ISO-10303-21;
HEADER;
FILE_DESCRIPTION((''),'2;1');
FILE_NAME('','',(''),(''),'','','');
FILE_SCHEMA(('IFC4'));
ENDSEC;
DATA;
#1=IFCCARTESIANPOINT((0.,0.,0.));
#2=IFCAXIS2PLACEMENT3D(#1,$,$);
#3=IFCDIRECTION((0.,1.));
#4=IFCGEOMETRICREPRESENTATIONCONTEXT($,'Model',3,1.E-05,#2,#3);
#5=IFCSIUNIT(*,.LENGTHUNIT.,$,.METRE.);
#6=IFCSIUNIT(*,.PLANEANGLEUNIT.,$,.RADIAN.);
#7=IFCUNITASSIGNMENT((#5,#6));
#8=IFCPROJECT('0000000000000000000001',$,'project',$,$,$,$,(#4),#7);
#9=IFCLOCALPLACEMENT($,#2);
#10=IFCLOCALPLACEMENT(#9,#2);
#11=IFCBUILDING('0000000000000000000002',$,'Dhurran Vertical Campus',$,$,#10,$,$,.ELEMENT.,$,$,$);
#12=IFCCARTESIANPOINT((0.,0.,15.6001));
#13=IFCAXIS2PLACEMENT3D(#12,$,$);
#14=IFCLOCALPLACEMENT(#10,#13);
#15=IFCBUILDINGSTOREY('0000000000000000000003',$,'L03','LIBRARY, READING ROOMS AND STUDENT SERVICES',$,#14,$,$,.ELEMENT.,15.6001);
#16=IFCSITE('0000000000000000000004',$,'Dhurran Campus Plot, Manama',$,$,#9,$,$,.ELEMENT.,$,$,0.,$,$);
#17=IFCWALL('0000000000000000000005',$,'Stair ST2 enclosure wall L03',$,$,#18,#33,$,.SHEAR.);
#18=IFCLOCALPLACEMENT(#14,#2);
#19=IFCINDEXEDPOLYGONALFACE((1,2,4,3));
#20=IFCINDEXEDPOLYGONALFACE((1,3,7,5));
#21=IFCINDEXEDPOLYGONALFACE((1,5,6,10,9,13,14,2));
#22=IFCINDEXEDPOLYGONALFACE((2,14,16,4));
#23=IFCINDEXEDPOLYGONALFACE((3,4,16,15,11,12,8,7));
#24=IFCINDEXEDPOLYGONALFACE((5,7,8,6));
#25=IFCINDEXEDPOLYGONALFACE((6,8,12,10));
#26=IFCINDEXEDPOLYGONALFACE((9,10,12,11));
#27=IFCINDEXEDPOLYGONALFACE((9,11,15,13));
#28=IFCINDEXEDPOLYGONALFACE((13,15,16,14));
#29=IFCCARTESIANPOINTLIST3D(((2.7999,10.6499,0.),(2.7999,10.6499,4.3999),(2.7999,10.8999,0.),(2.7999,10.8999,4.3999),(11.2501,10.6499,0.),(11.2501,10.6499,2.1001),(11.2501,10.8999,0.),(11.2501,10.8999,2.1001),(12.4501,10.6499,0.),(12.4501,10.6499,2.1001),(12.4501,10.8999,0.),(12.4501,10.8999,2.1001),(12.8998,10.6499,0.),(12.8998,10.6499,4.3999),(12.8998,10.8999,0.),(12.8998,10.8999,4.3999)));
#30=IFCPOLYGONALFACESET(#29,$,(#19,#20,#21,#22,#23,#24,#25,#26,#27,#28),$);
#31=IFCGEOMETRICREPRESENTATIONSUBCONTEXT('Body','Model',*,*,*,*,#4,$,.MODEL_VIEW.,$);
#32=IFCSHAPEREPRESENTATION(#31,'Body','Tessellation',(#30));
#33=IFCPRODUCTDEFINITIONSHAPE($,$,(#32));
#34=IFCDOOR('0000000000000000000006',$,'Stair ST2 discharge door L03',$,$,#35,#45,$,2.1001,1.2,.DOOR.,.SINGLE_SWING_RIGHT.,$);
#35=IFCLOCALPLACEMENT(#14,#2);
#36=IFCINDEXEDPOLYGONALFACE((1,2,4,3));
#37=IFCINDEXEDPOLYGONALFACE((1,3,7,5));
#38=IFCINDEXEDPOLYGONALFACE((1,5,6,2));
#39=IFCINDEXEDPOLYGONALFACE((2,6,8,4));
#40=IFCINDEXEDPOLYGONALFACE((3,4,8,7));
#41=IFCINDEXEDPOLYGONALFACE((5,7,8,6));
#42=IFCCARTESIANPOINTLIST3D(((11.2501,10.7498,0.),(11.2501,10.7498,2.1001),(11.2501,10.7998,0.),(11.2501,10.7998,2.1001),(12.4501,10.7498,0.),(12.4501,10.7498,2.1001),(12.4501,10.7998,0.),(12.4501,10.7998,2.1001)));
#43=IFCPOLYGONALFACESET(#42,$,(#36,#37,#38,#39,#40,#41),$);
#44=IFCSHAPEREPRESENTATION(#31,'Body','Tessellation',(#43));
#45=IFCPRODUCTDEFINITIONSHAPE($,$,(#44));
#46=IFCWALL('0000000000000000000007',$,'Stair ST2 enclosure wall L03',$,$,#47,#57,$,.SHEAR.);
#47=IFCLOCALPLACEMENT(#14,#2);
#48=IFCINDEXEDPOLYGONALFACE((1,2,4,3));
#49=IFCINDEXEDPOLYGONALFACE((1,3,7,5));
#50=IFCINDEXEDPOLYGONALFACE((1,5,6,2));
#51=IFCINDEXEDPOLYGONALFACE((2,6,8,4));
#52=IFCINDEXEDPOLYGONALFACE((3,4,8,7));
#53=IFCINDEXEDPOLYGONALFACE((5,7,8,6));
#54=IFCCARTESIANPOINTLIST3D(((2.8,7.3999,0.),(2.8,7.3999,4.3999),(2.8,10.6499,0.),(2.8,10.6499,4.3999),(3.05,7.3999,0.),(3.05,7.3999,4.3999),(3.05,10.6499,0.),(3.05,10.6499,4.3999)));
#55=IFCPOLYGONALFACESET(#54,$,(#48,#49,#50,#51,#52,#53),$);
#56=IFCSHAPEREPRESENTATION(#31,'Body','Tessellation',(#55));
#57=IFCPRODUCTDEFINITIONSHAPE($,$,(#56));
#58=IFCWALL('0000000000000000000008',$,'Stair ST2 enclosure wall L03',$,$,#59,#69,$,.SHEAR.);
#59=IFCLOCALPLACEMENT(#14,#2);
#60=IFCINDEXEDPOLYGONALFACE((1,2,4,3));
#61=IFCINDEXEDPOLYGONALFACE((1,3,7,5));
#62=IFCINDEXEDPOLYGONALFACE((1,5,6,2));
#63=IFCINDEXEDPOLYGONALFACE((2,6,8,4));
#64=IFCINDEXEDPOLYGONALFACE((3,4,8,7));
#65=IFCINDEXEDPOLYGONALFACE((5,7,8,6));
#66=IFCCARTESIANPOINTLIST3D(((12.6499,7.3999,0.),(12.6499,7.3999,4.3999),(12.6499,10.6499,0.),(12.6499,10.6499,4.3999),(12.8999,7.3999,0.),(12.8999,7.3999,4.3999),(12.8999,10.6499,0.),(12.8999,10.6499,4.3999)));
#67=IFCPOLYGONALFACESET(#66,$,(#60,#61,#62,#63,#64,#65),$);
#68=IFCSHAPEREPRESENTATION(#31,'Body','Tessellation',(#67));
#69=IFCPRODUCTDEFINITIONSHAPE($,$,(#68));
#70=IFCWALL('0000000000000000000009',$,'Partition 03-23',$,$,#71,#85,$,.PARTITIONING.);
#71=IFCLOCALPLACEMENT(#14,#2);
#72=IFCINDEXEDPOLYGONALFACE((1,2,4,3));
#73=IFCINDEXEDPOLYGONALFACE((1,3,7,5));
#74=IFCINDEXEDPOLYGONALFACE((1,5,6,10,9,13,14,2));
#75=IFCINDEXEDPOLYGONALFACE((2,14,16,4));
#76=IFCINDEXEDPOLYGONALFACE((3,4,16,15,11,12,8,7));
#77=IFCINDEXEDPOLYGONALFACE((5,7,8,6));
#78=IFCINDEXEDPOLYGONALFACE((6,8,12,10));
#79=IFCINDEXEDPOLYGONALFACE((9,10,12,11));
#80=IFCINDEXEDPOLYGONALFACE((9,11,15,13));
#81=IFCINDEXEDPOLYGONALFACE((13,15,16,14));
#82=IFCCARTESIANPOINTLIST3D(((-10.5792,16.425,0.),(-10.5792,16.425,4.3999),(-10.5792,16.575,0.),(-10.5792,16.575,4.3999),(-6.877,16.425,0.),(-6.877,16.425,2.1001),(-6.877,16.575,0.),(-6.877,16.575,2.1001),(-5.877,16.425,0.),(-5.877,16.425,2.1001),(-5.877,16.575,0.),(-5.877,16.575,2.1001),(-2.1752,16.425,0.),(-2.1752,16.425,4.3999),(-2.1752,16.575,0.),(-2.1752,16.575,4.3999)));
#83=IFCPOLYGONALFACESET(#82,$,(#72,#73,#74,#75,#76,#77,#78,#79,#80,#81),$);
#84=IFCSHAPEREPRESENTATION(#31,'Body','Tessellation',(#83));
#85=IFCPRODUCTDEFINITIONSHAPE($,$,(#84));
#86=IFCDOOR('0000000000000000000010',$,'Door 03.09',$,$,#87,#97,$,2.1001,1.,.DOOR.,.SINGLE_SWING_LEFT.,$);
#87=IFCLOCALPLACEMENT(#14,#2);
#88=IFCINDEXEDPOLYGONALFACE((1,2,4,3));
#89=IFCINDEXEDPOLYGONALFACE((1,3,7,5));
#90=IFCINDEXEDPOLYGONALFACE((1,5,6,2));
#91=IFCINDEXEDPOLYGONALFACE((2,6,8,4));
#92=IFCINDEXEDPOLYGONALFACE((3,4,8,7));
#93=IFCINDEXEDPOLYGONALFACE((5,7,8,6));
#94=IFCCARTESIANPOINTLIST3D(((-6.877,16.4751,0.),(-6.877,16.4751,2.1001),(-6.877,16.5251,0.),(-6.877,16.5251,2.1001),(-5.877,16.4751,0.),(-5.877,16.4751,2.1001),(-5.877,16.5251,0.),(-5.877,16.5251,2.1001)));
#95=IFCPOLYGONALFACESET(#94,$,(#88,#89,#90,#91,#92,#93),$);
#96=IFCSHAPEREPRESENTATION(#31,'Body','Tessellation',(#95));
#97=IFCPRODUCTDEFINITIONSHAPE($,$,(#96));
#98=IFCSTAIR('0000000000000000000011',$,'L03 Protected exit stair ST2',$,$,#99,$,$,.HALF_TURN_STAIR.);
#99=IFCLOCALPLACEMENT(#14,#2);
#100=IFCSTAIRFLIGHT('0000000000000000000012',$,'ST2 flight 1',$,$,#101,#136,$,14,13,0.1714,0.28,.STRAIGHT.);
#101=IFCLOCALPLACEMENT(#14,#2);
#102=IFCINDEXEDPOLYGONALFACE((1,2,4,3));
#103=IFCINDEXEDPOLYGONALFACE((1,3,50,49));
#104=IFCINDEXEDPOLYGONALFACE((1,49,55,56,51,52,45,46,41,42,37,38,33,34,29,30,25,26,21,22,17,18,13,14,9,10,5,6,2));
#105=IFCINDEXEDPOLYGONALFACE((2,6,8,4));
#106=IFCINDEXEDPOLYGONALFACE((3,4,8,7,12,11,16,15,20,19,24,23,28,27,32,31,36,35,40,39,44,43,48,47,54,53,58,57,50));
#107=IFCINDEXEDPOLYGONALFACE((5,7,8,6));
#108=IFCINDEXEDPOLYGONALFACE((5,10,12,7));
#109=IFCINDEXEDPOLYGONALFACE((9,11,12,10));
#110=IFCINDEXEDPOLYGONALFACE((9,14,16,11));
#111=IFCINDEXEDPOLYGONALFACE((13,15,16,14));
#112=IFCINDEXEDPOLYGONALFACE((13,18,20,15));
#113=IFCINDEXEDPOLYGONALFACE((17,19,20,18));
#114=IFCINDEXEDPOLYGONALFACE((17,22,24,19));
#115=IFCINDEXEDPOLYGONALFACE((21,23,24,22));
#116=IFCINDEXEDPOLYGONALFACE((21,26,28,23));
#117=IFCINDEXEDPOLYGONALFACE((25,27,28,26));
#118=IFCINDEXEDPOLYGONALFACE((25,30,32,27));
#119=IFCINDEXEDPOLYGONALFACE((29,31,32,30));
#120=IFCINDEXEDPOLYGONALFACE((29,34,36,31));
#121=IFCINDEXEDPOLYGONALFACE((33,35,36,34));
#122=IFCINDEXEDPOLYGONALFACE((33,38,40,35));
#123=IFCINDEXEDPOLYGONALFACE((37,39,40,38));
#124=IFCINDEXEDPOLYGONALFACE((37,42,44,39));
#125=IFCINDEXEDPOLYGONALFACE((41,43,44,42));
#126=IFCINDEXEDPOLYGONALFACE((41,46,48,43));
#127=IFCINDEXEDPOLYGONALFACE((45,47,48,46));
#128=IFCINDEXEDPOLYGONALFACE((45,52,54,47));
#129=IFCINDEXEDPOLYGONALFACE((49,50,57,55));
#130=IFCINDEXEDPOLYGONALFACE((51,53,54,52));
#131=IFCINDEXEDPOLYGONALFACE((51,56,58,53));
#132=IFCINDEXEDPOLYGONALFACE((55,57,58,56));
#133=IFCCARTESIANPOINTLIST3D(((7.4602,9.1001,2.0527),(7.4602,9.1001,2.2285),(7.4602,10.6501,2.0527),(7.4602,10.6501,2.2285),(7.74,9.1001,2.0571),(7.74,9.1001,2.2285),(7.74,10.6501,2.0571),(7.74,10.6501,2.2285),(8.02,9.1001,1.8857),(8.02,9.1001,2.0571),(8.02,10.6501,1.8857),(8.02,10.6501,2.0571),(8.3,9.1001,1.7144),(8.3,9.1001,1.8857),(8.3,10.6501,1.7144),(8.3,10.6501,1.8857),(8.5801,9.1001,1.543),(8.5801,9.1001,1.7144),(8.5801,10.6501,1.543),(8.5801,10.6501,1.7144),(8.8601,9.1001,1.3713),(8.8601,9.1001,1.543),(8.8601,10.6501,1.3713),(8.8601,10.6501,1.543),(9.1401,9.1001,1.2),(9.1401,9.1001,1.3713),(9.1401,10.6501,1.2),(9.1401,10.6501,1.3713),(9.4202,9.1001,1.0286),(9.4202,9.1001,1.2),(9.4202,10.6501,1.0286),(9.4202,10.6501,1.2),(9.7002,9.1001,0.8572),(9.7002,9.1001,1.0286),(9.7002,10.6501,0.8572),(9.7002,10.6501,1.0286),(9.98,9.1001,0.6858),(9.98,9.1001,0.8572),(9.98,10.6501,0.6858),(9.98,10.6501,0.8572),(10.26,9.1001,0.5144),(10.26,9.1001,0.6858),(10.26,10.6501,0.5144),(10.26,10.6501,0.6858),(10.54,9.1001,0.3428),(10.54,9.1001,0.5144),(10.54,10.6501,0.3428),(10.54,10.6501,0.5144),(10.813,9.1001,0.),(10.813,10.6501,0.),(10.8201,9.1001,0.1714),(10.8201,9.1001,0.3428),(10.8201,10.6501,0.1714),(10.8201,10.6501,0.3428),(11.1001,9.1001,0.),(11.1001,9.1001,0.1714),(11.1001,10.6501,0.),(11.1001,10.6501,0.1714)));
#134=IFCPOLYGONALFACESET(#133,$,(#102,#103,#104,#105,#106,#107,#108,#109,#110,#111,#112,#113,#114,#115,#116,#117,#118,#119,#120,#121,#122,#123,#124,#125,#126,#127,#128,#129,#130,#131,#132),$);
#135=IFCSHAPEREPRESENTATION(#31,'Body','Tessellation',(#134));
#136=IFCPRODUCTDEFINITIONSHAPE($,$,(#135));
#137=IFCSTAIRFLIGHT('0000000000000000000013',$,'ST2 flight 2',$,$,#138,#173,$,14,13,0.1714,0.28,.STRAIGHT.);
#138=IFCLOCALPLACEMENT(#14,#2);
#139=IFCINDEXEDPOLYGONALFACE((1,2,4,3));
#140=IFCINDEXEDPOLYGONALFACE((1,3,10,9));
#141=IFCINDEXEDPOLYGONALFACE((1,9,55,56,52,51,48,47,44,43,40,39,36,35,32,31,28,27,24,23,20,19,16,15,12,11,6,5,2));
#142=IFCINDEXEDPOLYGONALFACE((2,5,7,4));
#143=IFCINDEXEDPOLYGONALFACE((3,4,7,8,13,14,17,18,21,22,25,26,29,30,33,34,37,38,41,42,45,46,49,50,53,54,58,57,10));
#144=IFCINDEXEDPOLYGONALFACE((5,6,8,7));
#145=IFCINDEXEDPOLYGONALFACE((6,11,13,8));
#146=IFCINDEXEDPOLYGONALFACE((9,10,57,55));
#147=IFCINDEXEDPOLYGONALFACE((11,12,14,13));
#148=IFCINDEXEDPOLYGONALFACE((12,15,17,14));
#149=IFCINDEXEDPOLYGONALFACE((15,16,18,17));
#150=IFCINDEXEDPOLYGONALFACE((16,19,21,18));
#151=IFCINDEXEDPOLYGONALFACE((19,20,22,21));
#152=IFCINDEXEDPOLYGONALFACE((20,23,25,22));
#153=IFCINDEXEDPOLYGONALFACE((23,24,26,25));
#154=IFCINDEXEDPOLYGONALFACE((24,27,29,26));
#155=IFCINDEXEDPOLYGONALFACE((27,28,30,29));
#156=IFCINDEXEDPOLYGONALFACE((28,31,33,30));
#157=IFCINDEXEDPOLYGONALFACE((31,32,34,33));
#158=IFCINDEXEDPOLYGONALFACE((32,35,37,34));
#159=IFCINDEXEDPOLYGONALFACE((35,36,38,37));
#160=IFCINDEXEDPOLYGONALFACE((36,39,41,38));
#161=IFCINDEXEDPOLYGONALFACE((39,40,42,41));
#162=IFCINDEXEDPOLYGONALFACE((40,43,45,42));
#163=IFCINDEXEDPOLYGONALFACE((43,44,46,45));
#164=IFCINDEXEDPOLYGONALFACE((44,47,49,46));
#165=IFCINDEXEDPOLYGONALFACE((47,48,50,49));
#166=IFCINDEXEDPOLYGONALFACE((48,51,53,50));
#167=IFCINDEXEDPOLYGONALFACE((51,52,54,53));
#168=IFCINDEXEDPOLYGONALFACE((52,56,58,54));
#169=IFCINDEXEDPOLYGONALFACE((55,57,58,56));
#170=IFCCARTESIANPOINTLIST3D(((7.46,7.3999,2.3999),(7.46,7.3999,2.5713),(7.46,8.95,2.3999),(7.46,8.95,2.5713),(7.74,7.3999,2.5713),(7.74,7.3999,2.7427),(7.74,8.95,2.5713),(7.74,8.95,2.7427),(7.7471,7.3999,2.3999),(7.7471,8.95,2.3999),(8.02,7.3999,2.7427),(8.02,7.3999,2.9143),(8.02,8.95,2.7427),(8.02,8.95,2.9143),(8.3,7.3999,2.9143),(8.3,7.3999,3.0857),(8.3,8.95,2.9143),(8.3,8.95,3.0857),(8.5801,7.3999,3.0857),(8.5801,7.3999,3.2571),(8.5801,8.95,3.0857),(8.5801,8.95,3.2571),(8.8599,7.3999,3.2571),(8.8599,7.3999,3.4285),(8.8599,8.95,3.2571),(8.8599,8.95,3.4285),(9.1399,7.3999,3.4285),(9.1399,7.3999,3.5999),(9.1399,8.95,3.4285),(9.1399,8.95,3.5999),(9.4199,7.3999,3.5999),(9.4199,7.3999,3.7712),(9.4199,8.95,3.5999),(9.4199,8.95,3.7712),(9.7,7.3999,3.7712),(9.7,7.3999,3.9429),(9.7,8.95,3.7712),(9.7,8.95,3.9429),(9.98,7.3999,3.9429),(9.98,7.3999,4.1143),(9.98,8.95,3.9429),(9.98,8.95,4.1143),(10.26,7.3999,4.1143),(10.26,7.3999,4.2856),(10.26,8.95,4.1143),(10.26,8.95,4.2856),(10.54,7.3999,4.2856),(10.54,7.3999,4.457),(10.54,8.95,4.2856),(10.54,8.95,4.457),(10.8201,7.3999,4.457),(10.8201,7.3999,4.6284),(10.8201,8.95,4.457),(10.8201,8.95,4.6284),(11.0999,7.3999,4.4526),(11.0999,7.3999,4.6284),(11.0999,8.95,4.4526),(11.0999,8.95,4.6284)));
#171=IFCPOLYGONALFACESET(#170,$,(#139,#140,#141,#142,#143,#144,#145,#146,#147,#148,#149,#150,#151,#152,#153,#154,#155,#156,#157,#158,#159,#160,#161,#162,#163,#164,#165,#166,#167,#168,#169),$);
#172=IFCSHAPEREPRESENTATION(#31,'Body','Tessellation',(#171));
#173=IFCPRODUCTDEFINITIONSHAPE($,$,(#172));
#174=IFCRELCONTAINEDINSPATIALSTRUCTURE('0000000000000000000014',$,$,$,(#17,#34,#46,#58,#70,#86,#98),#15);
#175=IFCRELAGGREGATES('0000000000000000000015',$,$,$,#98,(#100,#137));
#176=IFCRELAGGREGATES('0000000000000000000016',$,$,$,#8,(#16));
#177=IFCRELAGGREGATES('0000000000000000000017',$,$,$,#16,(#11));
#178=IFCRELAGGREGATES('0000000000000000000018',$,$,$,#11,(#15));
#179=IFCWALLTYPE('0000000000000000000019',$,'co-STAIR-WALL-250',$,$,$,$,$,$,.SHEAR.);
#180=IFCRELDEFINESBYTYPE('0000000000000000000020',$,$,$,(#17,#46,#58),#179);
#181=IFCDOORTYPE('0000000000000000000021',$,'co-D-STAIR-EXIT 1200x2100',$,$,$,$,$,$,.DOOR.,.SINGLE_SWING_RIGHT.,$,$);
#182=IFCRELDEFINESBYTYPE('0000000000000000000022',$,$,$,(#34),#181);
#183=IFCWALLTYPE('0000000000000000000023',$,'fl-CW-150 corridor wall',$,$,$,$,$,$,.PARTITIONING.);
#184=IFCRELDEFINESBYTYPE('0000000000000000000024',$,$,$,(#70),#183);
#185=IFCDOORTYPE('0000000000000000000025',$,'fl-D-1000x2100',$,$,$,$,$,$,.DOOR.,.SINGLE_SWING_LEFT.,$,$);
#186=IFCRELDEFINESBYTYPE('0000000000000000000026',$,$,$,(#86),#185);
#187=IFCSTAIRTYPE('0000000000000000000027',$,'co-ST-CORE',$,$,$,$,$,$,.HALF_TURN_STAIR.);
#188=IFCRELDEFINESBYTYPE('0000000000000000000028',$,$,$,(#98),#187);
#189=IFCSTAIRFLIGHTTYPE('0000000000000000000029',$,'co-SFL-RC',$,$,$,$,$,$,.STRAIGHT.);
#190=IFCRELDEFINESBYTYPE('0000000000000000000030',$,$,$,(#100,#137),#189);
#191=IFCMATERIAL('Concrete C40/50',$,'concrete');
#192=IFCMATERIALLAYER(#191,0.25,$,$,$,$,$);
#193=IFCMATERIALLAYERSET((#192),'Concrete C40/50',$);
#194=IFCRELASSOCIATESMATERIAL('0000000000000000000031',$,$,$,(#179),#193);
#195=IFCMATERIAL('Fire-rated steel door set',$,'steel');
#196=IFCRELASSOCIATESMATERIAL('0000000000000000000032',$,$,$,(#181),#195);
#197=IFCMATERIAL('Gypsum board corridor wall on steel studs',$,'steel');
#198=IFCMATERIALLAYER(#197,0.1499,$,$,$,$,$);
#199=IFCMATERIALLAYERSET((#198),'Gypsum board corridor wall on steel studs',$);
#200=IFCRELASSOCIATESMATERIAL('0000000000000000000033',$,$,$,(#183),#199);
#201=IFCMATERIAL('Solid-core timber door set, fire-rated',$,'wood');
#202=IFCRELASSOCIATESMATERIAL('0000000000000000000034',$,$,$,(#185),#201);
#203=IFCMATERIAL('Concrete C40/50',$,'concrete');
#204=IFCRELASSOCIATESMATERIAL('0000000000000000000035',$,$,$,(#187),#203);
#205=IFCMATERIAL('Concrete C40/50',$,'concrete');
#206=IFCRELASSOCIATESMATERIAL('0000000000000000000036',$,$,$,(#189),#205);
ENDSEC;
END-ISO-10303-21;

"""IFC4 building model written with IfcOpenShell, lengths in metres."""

from ifc_helpers import new_model, si_unit, direction, frame, frame_2d, origin, place, context, subcontext, project, spatial, polyline, rectangle, outline, extrude, material, layer, layer_set, type_object, element, fill, aggregate, save


model = new_model("IFC4")

# Units and contexts
model_context = context("Model", 3, precision=1e-05, world=origin(), true_north=direction((0.0, 1.0)))
body_context = subcontext(model_context, "Body", "Model", "MODEL_VIEW")
ifc_project = project(units=[si_unit("LENGTHUNIT", "METRE"), si_unit("PLANEANGLEUNIT", "RADIAN")], contexts=[model_context])

# Site, building, storey
site_placement = place(None, origin())
site = spatial("IfcSite", under=ifc_project, at=site_placement, Name="Dhurran Campus Plot, Manama", CompositionType="ELEMENT", RefElevation=0.0)
building_placement = place(site_placement, origin())
building = spatial("IfcBuilding", under=site, at=building_placement, Name="Dhurran Vertical Campus", CompositionType="ELEMENT")
storey_placement = place(building_placement, frame((0.0, 0.0, 15.6001)))
storey = spatial("IfcBuildingStorey", under=building, at=storey_placement, Name="L03", Description="LIBRARY, READING ROOMS AND STUDENT SERVICES", CompositionType="ELEMENT", Elevation=15.6001)

# Shared definitions
ifc_material_1 = material(Name="Concrete C40/50", Category="concrete")
ifc_layer_1 = layer(ifc_material_1, 0.25)
ifc_layer_set_1 = layer_set([ifc_layer_1], Name="Concrete C40/50")
wall_type_1 = type_object("IfcWallType", Name="co-STAIR-WALL-250", PredefinedType="SHEAR", material=ifc_layer_set_1)

# Wall, opening, door
wall_1_placement = place(storey_placement, frame((2.8, 10.7749, 0.0), z_axis=(0.0, 0.0, 1.0), x_axis=(1.0, 0.0, 0.0)))
wall_1 = element("IfcWall", 1, at=wall_1_placement, inside=storey, type_object=wall_type_1, Name="Stair ST2 enclosure wall L03", PredefinedType="SHEAR", context=body_context, shape_type="SweptSolid", body=[
    extrude(rectangle(XDim=10.0999, YDim=0.25, at=frame_2d((5.0498, 0.0))), origin(), (0.0, 0.0, 1.0), 4.3999),
])
opening_1_placement = place(wall_1_placement, frame((8.45, 0.0, 0.0)))
opening_1 = element("IfcOpeningElement", 2, at=opening_1_placement, cuts=wall_1, PredefinedType="OPENING", context=body_context, shape_type="SweptSolid", body=[
    extrude(rectangle(XDim=1.2, YDim=2.1001, at=frame_2d((0.6001, 1.05))), frame((0.0, 0.135, 0.0), z_axis=(0.0, -1.0, 0.0), x_axis=(1.0, 0.0, 0.0)), (0.0, 0.0, 1.0), 0.27),
])
ifc_material_2 = material(Name="Fire-rated steel door set", Category="steel")
door_type_1 = type_object("IfcDoorType", Name="co-D-STAIR-EXIT 1200x2100", OperationType="SINGLE_SWING_RIGHT", PredefinedType="DOOR", material=ifc_material_2)
door_1_placement = place(opening_1_placement, origin())
door_1 = element("IfcDoor", 3, at=door_1_placement, inside=storey, type_object=door_type_1, Name="Stair ST2 discharge door L03", OperationType="SINGLE_SWING_RIGHT", OverallHeight=2.1001, OverallWidth=1.2, PredefinedType="DOOR", context=body_context, shape_type="SweptSolid", body=[
    extrude(rectangle(XDim=1.2, YDim=2.1001, at=frame_2d((0.6001, 1.05))), frame((0.0, 0.0249, 0.0), z_axis=(0.0, -1.0, 0.0), x_axis=(1.0, 0.0, 0.0)), (0.0, 0.0, 1.0), 0.05),
])
fill(opening_1, door_1)

# Walls
for number, where, z_axis, x_axis, name in (
    (4, (2.925, 7.3999, 0.0), (0.0, 0.0, 1.0), (0.0, 1.0, 0.0), "Stair ST2 enclosure wall L03"),
    (5, (12.7749, 7.3999, 0.0), (0.0, 0.0, 1.0), (0.0, 1.0, 0.0), "Stair ST2 enclosure wall L03"),
):
    element("IfcWall", number, at=place(storey_placement, frame(where, z_axis=z_axis, x_axis=x_axis)), inside=storey, type_object=wall_type_1, Name=name, PredefinedType="SHEAR", context=body_context, shape_type="SweptSolid", body=[
        extrude(rectangle(XDim=3.25, YDim=0.25, at=frame_2d((1.625, 0.0))), origin(), (0.0, 0.0, 1.0), 4.3999),
    ])

# Wall, opening, door
ifc_material_3 = material(Name="Gypsum board corridor wall on steel studs", Category="steel")
ifc_layer_2 = layer(ifc_material_3, 0.1499)
ifc_layer_set_2 = layer_set([ifc_layer_2], Name="Gypsum board corridor wall on steel studs")
wall_type_2 = type_object("IfcWallType", Name="fl-CW-150 corridor wall", PredefinedType="PARTITIONING", material=ifc_layer_set_2)
wall_2_placement = place(storey_placement, frame((-2.175, 16.5, 0.0), z_axis=(0.0, 0.0, 1.0), x_axis=(-1.0, 0.0, 0.0)))
wall_2 = element("IfcWall", 6, at=wall_2_placement, inside=storey, type_object=wall_type_2, Name="Partition 03-23", PredefinedType="PARTITIONING", context=body_context, shape_type="SweptSolid", body=[
    extrude(rectangle(XDim=8.4041, YDim=0.1499, at=frame_2d((4.2021, 0.0))), origin(), (0.0, 0.0, 1.0), 4.3999),
])
opening_2_placement = place(wall_2_placement, frame((3.7019, 0.0, 0.0)))
opening_2 = element("IfcOpeningElement", 7, at=opening_2_placement, cuts=wall_2, PredefinedType="OPENING", context=body_context, shape_type="SweptSolid", body=[
    extrude(rectangle(XDim=1.0, YDim=2.1001, at=frame_2d((0.5, 1.05))), frame((0.0, 0.085, 0.0), z_axis=(0.0, -1.0, 0.0), x_axis=(1.0, 0.0, 0.0)), (0.0, 0.0, 1.0), 0.1699),
])
ifc_material_4 = material(Name="Solid-core timber door set, fire-rated", Category="wood")
door_type_2 = type_object("IfcDoorType", Name="fl-D-1000x2100", OperationType="SINGLE_SWING_LEFT", PredefinedType="DOOR", material=ifc_material_4)
door_2_placement = place(opening_2_placement, origin())
door_2 = element("IfcDoor", 8, at=door_2_placement, inside=storey, type_object=door_type_2, Name="Door 03.09", OperationType="SINGLE_SWING_LEFT", OverallHeight=2.1001, OverallWidth=1.0, PredefinedType="DOOR", context=body_context, shape_type="SweptSolid", body=[
    extrude(rectangle(XDim=1.0, YDim=2.1001, at=frame_2d((0.5, 1.05))), frame((0.0, 0.0249, 0.0), z_axis=(0.0, -1.0, 0.0), x_axis=(1.0, 0.0, 0.0)), (0.0, 0.0, 1.0), 0.05),
])
fill(opening_2, door_2)

# Stair, stair flights
ifc_material_5 = material(Name="Concrete C40/50", Category="concrete")
stair_type = type_object("IfcStairType", Name="co-ST-CORE", PredefinedType="HALF_TURN_STAIR", material=ifc_material_5)
stair_placement = place(storey_placement, origin())
stair = element("IfcStair", 9, at=stair_placement, inside=storey, type_object=stair_type, Name="L03 Protected exit stair ST2", PredefinedType="HALF_TURN_STAIR")
ifc_material_6 = material(Name="Concrete C40/50", Category="concrete")
stair_flight_type = type_object("IfcStairFlightType", Name="co-SFL-RC", PredefinedType="STRAIGHT", material=ifc_material_6)
stair_flight_1_placement = place(storey_placement, frame((11.1001, 9.875, 0.0), z_axis=(0.0, 0.0, 1.0), x_axis=(-1.0, 0.0, 0.0)))
stair_flight_1 = element("IfcStairFlight", 10, at=stair_flight_1_placement, type_object=stair_flight_type, Name="ST2 flight 1", NumberOfRisers=14, NumberOfTreads=13, PredefinedType="STRAIGHT", RiserHeight=0.1714, TreadLength=0.28, context=body_context, shape_type="SweptSolid", body=[
    extrude(outline(polyline([(0.0, 0.0), (0.0, 0.1714), (0.28, 0.1714), (0.28, 0.3428), (0.5601, 0.3428), (0.5601, 0.5144), (0.8401, 0.5144), (0.8401, 0.6858), (1.1201, 0.6858), (1.1201, 0.8572), (1.3999, 0.8572), (1.3999, 1.0286), (1.6799, 1.0286), (1.6799, 1.2), (1.96, 1.2), (1.96, 1.3713), (2.24, 1.3713), (2.24, 1.543), (2.52, 1.543), (2.52, 1.7144), (2.8, 1.7144), (2.8, 1.8857), (3.0801, 1.8857), (3.0801, 2.0571), (3.3601, 2.0571), (3.3601, 2.2285), (3.6399, 2.2285), (3.6399, 2.3999), (3.6399, 2.0527), (0.2871, 0.0), (0.0, 0.0)])), frame((0.0, 0.7749, 0.0), z_axis=(0.0, -1.0, 0.0), x_axis=(1.0, 0.0, 0.0)), (0.0, 0.0, 1.0), 1.55),
])
stair_flight_2_placement = place(storey_placement, frame((7.46, 8.175, 2.3999), z_axis=(0.0, 0.0, 1.0), x_axis=(1.0, 0.0, 0.0)))
stair_flight_2 = element("IfcStairFlight", 11, at=stair_flight_2_placement, type_object=stair_flight_type, Name="ST2 flight 2", NumberOfRisers=14, NumberOfTreads=13, PredefinedType="STRAIGHT", RiserHeight=0.1714, TreadLength=0.28, context=body_context, shape_type="SweptSolid", body=[
    extrude(outline(polyline([(0.0, 0.0), (0.0, 0.1714), (0.28, 0.1714), (0.28, 0.3428), (0.5601, 0.3428), (0.5601, 0.5144), (0.8401, 0.5144), (0.8401, 0.6858), (1.1201, 0.6858), (1.1201, 0.8572), (1.3999, 0.8572), (1.3999, 1.0286), (1.6799, 1.0286), (1.6799, 1.2), (1.96, 1.2), (1.96, 1.3713), (2.24, 1.3713), (2.24, 1.543), (2.52, 1.543), (2.52, 1.7144), (2.8, 1.7144), (2.8, 1.8857), (3.0801, 1.8857), (3.0801, 2.0571), (3.3601, 2.0571), (3.3601, 2.2285), (3.6399, 2.2285), (3.6399, 2.3999), (3.6399, 2.0527), (0.2871, 0.0), (0.0, 0.0)])), frame((0.0, 0.7749, 0.0), z_axis=(0.0, -1.0, 0.0), x_axis=(1.0, 0.0, 0.0)), (0.0, 0.0, 1.0), 1.55),
])
aggregate(stair, [stair_flight_1, stair_flight_2])

save(model, "model.ifc")
